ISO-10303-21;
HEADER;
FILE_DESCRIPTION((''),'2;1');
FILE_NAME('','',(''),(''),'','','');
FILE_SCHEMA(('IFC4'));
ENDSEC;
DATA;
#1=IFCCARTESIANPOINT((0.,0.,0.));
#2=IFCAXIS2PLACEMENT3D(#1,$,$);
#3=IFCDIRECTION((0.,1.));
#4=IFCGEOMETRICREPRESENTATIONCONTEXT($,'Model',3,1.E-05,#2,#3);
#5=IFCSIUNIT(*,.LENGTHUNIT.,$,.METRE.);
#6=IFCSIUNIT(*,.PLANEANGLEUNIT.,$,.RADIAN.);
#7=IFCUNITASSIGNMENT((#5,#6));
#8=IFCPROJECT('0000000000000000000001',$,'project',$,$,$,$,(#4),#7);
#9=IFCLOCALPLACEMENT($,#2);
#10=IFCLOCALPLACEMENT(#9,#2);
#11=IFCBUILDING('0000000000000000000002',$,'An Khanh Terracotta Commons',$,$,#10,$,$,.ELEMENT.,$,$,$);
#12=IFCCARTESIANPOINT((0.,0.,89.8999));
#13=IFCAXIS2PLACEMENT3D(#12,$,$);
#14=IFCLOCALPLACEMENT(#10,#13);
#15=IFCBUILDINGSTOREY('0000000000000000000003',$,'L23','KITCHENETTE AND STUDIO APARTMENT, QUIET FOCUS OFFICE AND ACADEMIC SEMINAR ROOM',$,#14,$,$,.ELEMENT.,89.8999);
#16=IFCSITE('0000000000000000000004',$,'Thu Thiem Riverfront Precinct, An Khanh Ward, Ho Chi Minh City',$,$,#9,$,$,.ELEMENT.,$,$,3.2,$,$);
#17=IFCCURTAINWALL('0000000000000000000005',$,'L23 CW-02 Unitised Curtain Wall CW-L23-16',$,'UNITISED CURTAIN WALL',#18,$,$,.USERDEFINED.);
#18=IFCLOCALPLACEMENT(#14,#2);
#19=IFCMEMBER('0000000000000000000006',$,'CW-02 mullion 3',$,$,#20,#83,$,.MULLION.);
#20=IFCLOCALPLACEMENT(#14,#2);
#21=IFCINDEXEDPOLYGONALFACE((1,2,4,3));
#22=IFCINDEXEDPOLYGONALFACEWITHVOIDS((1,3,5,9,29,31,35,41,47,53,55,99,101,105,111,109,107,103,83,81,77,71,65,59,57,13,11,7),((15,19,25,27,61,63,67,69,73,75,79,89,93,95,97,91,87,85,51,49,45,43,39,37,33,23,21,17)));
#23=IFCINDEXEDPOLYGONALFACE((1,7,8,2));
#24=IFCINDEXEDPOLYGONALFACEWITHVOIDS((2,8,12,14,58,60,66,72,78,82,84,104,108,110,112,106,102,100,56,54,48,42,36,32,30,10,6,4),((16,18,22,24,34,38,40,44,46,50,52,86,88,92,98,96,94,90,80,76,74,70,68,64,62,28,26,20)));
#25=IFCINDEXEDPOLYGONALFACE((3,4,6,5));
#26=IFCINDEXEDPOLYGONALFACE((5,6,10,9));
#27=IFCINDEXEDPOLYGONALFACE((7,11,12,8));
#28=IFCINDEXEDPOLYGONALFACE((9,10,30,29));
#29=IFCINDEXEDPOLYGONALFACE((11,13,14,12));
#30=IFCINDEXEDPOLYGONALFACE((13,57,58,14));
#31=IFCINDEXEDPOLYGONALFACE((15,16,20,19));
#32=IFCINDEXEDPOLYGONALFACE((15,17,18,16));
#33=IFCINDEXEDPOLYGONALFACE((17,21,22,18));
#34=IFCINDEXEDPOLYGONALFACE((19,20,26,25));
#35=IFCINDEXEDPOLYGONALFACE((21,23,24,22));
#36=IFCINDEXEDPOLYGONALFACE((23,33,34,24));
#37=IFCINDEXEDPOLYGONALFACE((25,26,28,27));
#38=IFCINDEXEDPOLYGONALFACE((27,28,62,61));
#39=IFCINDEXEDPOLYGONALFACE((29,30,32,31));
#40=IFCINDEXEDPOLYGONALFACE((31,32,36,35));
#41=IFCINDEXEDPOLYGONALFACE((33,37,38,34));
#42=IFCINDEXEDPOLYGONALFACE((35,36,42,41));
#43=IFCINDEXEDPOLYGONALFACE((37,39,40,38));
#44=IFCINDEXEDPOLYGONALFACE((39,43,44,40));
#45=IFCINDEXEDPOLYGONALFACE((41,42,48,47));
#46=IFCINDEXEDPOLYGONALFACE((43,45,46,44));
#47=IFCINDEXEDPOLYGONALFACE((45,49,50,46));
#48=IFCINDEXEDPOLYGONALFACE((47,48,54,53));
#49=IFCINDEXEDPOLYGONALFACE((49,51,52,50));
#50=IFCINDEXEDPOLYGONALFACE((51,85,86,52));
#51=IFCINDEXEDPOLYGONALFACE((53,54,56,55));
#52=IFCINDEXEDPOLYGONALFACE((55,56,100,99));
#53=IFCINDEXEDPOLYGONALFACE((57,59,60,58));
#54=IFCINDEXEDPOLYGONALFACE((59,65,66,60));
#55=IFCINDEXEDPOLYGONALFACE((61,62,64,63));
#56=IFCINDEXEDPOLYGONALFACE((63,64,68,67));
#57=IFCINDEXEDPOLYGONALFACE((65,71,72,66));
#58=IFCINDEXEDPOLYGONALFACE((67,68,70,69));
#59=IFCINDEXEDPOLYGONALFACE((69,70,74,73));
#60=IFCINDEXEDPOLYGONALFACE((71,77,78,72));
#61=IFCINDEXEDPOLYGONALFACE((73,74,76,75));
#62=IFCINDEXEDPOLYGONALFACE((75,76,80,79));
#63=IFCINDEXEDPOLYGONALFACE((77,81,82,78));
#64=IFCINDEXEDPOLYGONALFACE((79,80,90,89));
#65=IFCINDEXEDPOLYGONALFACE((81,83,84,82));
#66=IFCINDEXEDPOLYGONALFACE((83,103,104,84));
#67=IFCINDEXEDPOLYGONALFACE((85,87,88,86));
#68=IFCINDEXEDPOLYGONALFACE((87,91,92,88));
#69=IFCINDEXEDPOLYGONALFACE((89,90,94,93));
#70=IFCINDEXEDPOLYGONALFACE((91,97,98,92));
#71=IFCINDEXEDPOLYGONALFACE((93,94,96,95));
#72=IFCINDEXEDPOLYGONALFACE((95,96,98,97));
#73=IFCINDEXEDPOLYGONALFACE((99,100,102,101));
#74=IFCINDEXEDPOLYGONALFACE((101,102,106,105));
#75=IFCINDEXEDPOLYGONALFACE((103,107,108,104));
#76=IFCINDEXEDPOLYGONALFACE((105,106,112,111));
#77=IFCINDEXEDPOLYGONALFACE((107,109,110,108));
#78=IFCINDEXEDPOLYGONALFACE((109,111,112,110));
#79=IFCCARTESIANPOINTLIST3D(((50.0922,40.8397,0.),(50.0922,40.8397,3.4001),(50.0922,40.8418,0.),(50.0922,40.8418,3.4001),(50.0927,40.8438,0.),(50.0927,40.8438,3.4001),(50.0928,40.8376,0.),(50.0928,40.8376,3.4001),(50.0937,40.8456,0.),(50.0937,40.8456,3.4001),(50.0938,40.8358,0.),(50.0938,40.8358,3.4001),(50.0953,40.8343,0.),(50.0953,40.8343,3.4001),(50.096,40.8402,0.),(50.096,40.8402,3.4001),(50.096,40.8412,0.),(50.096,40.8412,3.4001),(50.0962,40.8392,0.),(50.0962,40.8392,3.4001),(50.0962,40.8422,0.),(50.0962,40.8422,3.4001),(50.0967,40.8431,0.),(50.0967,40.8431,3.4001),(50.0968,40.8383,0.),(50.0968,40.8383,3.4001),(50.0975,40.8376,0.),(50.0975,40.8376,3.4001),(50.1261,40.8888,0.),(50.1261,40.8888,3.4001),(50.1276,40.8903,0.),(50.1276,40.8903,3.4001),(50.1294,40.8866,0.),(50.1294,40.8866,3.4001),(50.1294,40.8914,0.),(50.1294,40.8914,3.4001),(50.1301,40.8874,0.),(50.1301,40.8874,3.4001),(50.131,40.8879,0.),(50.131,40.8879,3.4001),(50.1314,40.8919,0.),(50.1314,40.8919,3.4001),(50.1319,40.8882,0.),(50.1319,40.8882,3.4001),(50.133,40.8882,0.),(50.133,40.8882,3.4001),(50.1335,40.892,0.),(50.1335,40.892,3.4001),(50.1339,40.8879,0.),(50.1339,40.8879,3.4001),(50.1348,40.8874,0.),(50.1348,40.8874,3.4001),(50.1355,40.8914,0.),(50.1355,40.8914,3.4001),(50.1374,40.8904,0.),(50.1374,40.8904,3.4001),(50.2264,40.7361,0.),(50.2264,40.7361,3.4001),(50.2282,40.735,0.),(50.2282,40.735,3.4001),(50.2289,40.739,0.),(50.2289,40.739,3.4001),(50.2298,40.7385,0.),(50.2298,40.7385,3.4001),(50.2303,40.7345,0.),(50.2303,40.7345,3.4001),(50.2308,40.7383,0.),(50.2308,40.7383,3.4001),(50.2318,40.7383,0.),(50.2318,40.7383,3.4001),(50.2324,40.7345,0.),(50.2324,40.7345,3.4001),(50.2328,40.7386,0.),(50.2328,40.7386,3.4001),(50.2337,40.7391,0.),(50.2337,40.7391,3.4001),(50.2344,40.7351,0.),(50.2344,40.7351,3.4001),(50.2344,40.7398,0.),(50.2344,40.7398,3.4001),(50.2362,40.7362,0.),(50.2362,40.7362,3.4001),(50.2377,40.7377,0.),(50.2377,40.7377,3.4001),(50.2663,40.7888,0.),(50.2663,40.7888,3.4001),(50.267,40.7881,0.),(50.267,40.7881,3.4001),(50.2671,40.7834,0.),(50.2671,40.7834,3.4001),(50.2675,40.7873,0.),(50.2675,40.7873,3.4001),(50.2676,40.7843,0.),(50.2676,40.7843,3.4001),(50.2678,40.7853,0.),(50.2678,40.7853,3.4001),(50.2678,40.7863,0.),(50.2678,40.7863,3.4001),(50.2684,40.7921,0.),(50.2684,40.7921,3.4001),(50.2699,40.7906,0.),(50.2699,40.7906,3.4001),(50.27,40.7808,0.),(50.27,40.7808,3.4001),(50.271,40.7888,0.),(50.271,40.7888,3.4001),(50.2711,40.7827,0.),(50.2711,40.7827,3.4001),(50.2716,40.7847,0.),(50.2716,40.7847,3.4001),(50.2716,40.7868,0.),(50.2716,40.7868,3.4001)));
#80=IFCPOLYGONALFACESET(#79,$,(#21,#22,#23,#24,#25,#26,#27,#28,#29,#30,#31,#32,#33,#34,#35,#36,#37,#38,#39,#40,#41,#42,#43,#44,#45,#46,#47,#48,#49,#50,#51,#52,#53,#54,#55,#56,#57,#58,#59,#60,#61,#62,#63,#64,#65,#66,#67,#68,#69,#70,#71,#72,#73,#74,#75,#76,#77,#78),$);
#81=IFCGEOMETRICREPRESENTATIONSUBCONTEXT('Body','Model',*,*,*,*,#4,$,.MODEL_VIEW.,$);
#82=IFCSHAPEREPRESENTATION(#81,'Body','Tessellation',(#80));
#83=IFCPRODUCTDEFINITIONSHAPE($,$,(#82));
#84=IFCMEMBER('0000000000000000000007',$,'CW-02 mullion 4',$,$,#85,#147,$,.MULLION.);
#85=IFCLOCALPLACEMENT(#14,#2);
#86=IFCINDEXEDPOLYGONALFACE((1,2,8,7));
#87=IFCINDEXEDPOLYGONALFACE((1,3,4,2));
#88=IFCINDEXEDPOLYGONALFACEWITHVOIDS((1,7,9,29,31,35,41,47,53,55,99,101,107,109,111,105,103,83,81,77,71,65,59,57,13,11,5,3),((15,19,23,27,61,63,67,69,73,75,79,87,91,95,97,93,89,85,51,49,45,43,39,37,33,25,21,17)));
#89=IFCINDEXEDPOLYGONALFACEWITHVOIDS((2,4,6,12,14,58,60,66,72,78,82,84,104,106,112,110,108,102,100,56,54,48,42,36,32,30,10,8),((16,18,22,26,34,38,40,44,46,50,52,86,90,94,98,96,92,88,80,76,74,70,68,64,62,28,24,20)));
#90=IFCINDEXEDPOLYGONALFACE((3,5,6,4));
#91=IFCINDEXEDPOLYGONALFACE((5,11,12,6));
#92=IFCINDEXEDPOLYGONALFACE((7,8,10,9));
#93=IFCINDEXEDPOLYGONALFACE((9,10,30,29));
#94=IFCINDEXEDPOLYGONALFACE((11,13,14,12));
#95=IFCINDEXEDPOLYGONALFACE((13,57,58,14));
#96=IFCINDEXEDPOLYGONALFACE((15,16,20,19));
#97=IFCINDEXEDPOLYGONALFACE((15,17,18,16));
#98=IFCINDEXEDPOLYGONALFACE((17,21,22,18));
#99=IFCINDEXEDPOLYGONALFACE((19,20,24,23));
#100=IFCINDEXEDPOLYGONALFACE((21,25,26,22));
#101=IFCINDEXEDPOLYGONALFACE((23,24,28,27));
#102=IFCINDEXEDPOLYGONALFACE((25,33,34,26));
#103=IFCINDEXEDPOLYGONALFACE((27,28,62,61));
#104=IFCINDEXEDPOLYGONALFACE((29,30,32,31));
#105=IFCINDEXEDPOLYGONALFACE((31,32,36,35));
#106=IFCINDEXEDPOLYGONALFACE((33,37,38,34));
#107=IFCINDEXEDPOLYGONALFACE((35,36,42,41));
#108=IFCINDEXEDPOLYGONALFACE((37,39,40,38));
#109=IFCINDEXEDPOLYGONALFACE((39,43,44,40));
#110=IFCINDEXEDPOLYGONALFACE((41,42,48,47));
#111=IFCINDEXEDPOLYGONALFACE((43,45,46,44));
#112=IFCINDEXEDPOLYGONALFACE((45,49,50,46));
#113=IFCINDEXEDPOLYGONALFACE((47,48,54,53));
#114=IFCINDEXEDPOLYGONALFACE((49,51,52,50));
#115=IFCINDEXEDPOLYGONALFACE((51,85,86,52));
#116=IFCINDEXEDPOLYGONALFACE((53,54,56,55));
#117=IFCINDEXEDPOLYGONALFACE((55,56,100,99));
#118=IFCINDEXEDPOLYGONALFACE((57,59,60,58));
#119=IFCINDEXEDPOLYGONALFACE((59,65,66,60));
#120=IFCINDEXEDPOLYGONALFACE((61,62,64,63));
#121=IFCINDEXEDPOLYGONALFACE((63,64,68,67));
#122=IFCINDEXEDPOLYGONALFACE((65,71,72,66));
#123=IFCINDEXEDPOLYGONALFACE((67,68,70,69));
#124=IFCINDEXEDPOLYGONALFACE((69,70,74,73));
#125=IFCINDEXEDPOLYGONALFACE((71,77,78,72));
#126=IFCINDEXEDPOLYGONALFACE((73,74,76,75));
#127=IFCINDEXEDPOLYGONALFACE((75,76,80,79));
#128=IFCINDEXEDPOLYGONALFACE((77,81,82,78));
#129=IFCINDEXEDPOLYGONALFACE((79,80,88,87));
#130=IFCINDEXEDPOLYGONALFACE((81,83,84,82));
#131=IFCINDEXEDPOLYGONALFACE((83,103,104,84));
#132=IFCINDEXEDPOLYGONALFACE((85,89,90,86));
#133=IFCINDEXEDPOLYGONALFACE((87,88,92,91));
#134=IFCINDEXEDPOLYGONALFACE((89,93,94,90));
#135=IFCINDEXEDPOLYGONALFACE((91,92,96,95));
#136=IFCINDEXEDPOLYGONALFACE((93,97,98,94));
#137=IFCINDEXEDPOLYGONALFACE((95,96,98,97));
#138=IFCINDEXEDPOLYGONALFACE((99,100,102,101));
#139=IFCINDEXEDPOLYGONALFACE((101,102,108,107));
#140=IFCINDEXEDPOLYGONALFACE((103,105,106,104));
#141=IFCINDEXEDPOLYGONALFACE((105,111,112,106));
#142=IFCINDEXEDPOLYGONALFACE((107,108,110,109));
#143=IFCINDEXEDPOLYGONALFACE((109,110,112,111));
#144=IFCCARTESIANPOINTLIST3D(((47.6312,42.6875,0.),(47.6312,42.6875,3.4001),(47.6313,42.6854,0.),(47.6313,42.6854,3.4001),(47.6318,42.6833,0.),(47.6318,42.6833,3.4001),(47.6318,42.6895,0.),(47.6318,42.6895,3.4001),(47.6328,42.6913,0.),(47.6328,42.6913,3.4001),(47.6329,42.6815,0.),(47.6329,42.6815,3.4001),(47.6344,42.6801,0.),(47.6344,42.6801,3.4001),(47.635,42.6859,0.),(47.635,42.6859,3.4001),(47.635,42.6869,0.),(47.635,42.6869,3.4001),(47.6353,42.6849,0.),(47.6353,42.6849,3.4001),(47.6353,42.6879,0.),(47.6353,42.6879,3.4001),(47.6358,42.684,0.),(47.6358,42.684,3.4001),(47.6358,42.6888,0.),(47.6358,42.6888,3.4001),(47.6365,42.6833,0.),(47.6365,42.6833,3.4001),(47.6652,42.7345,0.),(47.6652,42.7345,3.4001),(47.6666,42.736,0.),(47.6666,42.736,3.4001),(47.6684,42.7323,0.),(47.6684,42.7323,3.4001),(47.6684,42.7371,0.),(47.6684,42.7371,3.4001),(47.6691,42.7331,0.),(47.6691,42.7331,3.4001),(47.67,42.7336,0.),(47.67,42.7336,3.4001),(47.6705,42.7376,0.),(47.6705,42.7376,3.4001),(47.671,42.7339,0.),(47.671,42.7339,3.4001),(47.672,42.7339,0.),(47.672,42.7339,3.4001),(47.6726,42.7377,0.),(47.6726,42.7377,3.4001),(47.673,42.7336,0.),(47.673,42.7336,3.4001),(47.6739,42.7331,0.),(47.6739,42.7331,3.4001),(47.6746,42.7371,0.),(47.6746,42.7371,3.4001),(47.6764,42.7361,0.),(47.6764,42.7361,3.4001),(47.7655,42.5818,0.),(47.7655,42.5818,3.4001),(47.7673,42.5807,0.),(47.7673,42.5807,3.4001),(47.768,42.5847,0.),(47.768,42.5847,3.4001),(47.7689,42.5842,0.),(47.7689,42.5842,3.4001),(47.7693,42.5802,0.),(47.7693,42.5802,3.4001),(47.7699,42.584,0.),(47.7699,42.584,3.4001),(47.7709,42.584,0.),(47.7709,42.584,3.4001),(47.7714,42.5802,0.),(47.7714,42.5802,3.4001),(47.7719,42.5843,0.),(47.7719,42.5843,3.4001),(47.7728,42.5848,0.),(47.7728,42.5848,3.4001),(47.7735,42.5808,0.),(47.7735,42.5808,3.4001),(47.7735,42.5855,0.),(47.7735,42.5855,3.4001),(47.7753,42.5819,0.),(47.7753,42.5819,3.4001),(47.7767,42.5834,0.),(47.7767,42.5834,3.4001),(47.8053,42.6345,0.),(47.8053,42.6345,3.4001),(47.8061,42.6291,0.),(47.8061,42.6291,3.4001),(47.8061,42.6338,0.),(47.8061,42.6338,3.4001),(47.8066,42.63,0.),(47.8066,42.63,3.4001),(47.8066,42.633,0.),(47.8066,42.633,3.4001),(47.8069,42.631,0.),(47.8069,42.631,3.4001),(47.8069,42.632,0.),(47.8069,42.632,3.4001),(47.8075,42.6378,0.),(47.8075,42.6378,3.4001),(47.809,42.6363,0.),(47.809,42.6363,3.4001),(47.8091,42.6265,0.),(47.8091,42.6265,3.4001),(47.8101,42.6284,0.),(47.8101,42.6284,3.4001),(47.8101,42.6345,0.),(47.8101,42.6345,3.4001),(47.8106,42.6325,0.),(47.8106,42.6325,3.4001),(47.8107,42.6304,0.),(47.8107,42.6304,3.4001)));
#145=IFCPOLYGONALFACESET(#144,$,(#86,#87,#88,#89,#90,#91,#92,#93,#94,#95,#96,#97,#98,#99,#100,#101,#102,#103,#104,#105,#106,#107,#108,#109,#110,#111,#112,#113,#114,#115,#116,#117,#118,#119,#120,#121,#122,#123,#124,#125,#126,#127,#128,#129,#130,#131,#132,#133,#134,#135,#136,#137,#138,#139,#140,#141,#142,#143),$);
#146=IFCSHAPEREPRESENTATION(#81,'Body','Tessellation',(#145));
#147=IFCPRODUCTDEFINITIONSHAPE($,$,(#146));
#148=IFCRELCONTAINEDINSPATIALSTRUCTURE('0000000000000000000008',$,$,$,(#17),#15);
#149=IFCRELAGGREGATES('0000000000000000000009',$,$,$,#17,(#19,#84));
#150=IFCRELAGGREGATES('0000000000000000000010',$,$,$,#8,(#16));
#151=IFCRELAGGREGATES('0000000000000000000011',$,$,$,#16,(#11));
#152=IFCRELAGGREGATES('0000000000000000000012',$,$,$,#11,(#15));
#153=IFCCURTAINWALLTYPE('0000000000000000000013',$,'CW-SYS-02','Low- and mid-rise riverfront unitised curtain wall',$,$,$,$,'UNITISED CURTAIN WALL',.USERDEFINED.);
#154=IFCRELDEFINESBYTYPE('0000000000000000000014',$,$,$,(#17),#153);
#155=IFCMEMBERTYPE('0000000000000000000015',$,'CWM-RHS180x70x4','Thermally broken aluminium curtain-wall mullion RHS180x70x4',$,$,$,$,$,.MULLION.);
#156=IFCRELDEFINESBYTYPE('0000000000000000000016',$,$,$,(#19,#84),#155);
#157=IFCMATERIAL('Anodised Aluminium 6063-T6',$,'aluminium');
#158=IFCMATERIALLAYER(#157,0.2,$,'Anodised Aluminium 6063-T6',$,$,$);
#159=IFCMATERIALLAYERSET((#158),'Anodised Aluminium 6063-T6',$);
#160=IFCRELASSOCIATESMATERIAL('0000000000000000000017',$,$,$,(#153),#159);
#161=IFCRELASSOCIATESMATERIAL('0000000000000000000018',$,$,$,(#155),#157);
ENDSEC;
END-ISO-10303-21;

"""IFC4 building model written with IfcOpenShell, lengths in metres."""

from ifc_helpers import new_model, si_unit, direction, frame, origin, origin_2d, place, context, subcontext, project, spatial, hollow_rectangle, extrude, material, layer, layer_set, material_profile, profile_set, type_object, element, aggregate, save


model = new_model("IFC4")

# Units and contexts
model_context = context("Model", 3, precision=1e-05, world=origin(), true_north=direction((0.0, 1.0)))
body_context = subcontext(model_context, "Body", "Model", "MODEL_VIEW")
ifc_project = project(units=[si_unit("LENGTHUNIT", "METRE"), si_unit("PLANEANGLEUNIT", "RADIAN")], contexts=[model_context])

# Site, building, storey
site_placement = place(None, origin())
site = spatial("IfcSite", under=ifc_project, at=site_placement, Name="Thu Thiem Riverfront Precinct, An Khanh Ward, Ho Chi Minh City", CompositionType="ELEMENT", RefElevation=3.2)
building_placement = place(site_placement, origin())
building = spatial("IfcBuilding", under=site, at=building_placement, Name="An Khanh Terracotta Commons", CompositionType="ELEMENT")
storey_placement = place(building_placement, frame((0.0, 0.0, 89.8999)))
storey = spatial("IfcBuildingStorey", under=building, at=storey_placement, Name="L23", Description="KITCHENETTE AND STUDIO APARTMENT, QUIET FOCUS OFFICE AND ACADEMIC SEMINAR ROOM", CompositionType="ELEMENT", Elevation=89.8999)

# Curtain wall, members
ifc_material_1 = material(Name="Anodised Aluminium 6063-T6", Category="aluminium")
ifc_layer_1 = layer(ifc_material_1, 0.2, Name="Anodised Aluminium 6063-T6")
ifc_layer_set_1 = layer_set([ifc_layer_1], Name="Anodised Aluminium 6063-T6")
curtain_wall_type = type_object("IfcCurtainWallType", Name="CW-SYS-02", Description="Low- and mid-rise riverfront unitised curtain wall", ElementType="UNITISED CURTAIN WALL", PredefinedType="USERDEFINED", material=ifc_layer_set_1)
curtain_wall_placement = place(storey_placement, origin())
curtain_wall = element("IfcCurtainWall", 1, at=curtain_wall_placement, inside=storey, type_object=curtain_wall_type, Name="L23 CW-02 Unitised Curtain Wall CW-L23-16", ObjectType="UNITISED CURTAIN WALL", PredefinedType="USERDEFINED")
ifc_material_profile_1 = material_profile(ifc_material_1, hollow_rectangle(XDim=0.0701, YDim=0.1799, WallThickness=0.0039, InnerFilletRadius=0.0039, OuterFilletRadius=0.0081, at=origin_2d()), Name="RHS180x70x4")
ifc_profile_set_1 = profile_set([ifc_material_profile_1], Name="Anodised Aluminium 6063-T6")
member_type_1 = type_object("IfcMemberType", Name="CWM-RHS180x70x4", Description="Thermally broken aluminium curtain-wall mullion RHS180x70x4", PredefinedType="MULLION", material=ifc_profile_set_1)
member_1_placement = place(storey_placement, frame((50.1819, 40.8132, 0.0), z_axis=(0.0, 0.0, 1.0), x_axis=(-0.599983, -0.800013, 0.0)))
member_1 = element("IfcMember", 2, at=member_1_placement, type_object=member_type_1, Name="CW-02 mullion 3", PredefinedType="MULLION", context=body_context, shape_type="SweptSolid", body=[
    extrude(hollow_rectangle(XDim=0.0701, YDim=0.1799, WallThickness=0.0039, InnerFilletRadius=0.0039, OuterFilletRadius=0.0081, at=origin_2d()), origin(), (0.0, 0.0, 1.0), 3.4001),
])
member_2_placement = place(storey_placement, frame((47.7209, 42.6589, 0.0), z_axis=(0.0, 0.0, 1.0), x_axis=(-0.599983, -0.800013, 0.0)))
member_2 = element("IfcMember", 3, at=member_2_placement, type_object=member_type_1, Name="CW-02 mullion 4", PredefinedType="MULLION", context=body_context, shape_type="SweptSolid", body=[
    extrude(hollow_rectangle(XDim=0.0701, YDim=0.1799, WallThickness=0.0039, InnerFilletRadius=0.0039, OuterFilletRadius=0.0081, at=origin_2d()), origin(), (0.0, 0.0, 1.0), 3.4001),
])
aggregate(curtain_wall, [member_1, member_2])

save(model, "model.ifc")
